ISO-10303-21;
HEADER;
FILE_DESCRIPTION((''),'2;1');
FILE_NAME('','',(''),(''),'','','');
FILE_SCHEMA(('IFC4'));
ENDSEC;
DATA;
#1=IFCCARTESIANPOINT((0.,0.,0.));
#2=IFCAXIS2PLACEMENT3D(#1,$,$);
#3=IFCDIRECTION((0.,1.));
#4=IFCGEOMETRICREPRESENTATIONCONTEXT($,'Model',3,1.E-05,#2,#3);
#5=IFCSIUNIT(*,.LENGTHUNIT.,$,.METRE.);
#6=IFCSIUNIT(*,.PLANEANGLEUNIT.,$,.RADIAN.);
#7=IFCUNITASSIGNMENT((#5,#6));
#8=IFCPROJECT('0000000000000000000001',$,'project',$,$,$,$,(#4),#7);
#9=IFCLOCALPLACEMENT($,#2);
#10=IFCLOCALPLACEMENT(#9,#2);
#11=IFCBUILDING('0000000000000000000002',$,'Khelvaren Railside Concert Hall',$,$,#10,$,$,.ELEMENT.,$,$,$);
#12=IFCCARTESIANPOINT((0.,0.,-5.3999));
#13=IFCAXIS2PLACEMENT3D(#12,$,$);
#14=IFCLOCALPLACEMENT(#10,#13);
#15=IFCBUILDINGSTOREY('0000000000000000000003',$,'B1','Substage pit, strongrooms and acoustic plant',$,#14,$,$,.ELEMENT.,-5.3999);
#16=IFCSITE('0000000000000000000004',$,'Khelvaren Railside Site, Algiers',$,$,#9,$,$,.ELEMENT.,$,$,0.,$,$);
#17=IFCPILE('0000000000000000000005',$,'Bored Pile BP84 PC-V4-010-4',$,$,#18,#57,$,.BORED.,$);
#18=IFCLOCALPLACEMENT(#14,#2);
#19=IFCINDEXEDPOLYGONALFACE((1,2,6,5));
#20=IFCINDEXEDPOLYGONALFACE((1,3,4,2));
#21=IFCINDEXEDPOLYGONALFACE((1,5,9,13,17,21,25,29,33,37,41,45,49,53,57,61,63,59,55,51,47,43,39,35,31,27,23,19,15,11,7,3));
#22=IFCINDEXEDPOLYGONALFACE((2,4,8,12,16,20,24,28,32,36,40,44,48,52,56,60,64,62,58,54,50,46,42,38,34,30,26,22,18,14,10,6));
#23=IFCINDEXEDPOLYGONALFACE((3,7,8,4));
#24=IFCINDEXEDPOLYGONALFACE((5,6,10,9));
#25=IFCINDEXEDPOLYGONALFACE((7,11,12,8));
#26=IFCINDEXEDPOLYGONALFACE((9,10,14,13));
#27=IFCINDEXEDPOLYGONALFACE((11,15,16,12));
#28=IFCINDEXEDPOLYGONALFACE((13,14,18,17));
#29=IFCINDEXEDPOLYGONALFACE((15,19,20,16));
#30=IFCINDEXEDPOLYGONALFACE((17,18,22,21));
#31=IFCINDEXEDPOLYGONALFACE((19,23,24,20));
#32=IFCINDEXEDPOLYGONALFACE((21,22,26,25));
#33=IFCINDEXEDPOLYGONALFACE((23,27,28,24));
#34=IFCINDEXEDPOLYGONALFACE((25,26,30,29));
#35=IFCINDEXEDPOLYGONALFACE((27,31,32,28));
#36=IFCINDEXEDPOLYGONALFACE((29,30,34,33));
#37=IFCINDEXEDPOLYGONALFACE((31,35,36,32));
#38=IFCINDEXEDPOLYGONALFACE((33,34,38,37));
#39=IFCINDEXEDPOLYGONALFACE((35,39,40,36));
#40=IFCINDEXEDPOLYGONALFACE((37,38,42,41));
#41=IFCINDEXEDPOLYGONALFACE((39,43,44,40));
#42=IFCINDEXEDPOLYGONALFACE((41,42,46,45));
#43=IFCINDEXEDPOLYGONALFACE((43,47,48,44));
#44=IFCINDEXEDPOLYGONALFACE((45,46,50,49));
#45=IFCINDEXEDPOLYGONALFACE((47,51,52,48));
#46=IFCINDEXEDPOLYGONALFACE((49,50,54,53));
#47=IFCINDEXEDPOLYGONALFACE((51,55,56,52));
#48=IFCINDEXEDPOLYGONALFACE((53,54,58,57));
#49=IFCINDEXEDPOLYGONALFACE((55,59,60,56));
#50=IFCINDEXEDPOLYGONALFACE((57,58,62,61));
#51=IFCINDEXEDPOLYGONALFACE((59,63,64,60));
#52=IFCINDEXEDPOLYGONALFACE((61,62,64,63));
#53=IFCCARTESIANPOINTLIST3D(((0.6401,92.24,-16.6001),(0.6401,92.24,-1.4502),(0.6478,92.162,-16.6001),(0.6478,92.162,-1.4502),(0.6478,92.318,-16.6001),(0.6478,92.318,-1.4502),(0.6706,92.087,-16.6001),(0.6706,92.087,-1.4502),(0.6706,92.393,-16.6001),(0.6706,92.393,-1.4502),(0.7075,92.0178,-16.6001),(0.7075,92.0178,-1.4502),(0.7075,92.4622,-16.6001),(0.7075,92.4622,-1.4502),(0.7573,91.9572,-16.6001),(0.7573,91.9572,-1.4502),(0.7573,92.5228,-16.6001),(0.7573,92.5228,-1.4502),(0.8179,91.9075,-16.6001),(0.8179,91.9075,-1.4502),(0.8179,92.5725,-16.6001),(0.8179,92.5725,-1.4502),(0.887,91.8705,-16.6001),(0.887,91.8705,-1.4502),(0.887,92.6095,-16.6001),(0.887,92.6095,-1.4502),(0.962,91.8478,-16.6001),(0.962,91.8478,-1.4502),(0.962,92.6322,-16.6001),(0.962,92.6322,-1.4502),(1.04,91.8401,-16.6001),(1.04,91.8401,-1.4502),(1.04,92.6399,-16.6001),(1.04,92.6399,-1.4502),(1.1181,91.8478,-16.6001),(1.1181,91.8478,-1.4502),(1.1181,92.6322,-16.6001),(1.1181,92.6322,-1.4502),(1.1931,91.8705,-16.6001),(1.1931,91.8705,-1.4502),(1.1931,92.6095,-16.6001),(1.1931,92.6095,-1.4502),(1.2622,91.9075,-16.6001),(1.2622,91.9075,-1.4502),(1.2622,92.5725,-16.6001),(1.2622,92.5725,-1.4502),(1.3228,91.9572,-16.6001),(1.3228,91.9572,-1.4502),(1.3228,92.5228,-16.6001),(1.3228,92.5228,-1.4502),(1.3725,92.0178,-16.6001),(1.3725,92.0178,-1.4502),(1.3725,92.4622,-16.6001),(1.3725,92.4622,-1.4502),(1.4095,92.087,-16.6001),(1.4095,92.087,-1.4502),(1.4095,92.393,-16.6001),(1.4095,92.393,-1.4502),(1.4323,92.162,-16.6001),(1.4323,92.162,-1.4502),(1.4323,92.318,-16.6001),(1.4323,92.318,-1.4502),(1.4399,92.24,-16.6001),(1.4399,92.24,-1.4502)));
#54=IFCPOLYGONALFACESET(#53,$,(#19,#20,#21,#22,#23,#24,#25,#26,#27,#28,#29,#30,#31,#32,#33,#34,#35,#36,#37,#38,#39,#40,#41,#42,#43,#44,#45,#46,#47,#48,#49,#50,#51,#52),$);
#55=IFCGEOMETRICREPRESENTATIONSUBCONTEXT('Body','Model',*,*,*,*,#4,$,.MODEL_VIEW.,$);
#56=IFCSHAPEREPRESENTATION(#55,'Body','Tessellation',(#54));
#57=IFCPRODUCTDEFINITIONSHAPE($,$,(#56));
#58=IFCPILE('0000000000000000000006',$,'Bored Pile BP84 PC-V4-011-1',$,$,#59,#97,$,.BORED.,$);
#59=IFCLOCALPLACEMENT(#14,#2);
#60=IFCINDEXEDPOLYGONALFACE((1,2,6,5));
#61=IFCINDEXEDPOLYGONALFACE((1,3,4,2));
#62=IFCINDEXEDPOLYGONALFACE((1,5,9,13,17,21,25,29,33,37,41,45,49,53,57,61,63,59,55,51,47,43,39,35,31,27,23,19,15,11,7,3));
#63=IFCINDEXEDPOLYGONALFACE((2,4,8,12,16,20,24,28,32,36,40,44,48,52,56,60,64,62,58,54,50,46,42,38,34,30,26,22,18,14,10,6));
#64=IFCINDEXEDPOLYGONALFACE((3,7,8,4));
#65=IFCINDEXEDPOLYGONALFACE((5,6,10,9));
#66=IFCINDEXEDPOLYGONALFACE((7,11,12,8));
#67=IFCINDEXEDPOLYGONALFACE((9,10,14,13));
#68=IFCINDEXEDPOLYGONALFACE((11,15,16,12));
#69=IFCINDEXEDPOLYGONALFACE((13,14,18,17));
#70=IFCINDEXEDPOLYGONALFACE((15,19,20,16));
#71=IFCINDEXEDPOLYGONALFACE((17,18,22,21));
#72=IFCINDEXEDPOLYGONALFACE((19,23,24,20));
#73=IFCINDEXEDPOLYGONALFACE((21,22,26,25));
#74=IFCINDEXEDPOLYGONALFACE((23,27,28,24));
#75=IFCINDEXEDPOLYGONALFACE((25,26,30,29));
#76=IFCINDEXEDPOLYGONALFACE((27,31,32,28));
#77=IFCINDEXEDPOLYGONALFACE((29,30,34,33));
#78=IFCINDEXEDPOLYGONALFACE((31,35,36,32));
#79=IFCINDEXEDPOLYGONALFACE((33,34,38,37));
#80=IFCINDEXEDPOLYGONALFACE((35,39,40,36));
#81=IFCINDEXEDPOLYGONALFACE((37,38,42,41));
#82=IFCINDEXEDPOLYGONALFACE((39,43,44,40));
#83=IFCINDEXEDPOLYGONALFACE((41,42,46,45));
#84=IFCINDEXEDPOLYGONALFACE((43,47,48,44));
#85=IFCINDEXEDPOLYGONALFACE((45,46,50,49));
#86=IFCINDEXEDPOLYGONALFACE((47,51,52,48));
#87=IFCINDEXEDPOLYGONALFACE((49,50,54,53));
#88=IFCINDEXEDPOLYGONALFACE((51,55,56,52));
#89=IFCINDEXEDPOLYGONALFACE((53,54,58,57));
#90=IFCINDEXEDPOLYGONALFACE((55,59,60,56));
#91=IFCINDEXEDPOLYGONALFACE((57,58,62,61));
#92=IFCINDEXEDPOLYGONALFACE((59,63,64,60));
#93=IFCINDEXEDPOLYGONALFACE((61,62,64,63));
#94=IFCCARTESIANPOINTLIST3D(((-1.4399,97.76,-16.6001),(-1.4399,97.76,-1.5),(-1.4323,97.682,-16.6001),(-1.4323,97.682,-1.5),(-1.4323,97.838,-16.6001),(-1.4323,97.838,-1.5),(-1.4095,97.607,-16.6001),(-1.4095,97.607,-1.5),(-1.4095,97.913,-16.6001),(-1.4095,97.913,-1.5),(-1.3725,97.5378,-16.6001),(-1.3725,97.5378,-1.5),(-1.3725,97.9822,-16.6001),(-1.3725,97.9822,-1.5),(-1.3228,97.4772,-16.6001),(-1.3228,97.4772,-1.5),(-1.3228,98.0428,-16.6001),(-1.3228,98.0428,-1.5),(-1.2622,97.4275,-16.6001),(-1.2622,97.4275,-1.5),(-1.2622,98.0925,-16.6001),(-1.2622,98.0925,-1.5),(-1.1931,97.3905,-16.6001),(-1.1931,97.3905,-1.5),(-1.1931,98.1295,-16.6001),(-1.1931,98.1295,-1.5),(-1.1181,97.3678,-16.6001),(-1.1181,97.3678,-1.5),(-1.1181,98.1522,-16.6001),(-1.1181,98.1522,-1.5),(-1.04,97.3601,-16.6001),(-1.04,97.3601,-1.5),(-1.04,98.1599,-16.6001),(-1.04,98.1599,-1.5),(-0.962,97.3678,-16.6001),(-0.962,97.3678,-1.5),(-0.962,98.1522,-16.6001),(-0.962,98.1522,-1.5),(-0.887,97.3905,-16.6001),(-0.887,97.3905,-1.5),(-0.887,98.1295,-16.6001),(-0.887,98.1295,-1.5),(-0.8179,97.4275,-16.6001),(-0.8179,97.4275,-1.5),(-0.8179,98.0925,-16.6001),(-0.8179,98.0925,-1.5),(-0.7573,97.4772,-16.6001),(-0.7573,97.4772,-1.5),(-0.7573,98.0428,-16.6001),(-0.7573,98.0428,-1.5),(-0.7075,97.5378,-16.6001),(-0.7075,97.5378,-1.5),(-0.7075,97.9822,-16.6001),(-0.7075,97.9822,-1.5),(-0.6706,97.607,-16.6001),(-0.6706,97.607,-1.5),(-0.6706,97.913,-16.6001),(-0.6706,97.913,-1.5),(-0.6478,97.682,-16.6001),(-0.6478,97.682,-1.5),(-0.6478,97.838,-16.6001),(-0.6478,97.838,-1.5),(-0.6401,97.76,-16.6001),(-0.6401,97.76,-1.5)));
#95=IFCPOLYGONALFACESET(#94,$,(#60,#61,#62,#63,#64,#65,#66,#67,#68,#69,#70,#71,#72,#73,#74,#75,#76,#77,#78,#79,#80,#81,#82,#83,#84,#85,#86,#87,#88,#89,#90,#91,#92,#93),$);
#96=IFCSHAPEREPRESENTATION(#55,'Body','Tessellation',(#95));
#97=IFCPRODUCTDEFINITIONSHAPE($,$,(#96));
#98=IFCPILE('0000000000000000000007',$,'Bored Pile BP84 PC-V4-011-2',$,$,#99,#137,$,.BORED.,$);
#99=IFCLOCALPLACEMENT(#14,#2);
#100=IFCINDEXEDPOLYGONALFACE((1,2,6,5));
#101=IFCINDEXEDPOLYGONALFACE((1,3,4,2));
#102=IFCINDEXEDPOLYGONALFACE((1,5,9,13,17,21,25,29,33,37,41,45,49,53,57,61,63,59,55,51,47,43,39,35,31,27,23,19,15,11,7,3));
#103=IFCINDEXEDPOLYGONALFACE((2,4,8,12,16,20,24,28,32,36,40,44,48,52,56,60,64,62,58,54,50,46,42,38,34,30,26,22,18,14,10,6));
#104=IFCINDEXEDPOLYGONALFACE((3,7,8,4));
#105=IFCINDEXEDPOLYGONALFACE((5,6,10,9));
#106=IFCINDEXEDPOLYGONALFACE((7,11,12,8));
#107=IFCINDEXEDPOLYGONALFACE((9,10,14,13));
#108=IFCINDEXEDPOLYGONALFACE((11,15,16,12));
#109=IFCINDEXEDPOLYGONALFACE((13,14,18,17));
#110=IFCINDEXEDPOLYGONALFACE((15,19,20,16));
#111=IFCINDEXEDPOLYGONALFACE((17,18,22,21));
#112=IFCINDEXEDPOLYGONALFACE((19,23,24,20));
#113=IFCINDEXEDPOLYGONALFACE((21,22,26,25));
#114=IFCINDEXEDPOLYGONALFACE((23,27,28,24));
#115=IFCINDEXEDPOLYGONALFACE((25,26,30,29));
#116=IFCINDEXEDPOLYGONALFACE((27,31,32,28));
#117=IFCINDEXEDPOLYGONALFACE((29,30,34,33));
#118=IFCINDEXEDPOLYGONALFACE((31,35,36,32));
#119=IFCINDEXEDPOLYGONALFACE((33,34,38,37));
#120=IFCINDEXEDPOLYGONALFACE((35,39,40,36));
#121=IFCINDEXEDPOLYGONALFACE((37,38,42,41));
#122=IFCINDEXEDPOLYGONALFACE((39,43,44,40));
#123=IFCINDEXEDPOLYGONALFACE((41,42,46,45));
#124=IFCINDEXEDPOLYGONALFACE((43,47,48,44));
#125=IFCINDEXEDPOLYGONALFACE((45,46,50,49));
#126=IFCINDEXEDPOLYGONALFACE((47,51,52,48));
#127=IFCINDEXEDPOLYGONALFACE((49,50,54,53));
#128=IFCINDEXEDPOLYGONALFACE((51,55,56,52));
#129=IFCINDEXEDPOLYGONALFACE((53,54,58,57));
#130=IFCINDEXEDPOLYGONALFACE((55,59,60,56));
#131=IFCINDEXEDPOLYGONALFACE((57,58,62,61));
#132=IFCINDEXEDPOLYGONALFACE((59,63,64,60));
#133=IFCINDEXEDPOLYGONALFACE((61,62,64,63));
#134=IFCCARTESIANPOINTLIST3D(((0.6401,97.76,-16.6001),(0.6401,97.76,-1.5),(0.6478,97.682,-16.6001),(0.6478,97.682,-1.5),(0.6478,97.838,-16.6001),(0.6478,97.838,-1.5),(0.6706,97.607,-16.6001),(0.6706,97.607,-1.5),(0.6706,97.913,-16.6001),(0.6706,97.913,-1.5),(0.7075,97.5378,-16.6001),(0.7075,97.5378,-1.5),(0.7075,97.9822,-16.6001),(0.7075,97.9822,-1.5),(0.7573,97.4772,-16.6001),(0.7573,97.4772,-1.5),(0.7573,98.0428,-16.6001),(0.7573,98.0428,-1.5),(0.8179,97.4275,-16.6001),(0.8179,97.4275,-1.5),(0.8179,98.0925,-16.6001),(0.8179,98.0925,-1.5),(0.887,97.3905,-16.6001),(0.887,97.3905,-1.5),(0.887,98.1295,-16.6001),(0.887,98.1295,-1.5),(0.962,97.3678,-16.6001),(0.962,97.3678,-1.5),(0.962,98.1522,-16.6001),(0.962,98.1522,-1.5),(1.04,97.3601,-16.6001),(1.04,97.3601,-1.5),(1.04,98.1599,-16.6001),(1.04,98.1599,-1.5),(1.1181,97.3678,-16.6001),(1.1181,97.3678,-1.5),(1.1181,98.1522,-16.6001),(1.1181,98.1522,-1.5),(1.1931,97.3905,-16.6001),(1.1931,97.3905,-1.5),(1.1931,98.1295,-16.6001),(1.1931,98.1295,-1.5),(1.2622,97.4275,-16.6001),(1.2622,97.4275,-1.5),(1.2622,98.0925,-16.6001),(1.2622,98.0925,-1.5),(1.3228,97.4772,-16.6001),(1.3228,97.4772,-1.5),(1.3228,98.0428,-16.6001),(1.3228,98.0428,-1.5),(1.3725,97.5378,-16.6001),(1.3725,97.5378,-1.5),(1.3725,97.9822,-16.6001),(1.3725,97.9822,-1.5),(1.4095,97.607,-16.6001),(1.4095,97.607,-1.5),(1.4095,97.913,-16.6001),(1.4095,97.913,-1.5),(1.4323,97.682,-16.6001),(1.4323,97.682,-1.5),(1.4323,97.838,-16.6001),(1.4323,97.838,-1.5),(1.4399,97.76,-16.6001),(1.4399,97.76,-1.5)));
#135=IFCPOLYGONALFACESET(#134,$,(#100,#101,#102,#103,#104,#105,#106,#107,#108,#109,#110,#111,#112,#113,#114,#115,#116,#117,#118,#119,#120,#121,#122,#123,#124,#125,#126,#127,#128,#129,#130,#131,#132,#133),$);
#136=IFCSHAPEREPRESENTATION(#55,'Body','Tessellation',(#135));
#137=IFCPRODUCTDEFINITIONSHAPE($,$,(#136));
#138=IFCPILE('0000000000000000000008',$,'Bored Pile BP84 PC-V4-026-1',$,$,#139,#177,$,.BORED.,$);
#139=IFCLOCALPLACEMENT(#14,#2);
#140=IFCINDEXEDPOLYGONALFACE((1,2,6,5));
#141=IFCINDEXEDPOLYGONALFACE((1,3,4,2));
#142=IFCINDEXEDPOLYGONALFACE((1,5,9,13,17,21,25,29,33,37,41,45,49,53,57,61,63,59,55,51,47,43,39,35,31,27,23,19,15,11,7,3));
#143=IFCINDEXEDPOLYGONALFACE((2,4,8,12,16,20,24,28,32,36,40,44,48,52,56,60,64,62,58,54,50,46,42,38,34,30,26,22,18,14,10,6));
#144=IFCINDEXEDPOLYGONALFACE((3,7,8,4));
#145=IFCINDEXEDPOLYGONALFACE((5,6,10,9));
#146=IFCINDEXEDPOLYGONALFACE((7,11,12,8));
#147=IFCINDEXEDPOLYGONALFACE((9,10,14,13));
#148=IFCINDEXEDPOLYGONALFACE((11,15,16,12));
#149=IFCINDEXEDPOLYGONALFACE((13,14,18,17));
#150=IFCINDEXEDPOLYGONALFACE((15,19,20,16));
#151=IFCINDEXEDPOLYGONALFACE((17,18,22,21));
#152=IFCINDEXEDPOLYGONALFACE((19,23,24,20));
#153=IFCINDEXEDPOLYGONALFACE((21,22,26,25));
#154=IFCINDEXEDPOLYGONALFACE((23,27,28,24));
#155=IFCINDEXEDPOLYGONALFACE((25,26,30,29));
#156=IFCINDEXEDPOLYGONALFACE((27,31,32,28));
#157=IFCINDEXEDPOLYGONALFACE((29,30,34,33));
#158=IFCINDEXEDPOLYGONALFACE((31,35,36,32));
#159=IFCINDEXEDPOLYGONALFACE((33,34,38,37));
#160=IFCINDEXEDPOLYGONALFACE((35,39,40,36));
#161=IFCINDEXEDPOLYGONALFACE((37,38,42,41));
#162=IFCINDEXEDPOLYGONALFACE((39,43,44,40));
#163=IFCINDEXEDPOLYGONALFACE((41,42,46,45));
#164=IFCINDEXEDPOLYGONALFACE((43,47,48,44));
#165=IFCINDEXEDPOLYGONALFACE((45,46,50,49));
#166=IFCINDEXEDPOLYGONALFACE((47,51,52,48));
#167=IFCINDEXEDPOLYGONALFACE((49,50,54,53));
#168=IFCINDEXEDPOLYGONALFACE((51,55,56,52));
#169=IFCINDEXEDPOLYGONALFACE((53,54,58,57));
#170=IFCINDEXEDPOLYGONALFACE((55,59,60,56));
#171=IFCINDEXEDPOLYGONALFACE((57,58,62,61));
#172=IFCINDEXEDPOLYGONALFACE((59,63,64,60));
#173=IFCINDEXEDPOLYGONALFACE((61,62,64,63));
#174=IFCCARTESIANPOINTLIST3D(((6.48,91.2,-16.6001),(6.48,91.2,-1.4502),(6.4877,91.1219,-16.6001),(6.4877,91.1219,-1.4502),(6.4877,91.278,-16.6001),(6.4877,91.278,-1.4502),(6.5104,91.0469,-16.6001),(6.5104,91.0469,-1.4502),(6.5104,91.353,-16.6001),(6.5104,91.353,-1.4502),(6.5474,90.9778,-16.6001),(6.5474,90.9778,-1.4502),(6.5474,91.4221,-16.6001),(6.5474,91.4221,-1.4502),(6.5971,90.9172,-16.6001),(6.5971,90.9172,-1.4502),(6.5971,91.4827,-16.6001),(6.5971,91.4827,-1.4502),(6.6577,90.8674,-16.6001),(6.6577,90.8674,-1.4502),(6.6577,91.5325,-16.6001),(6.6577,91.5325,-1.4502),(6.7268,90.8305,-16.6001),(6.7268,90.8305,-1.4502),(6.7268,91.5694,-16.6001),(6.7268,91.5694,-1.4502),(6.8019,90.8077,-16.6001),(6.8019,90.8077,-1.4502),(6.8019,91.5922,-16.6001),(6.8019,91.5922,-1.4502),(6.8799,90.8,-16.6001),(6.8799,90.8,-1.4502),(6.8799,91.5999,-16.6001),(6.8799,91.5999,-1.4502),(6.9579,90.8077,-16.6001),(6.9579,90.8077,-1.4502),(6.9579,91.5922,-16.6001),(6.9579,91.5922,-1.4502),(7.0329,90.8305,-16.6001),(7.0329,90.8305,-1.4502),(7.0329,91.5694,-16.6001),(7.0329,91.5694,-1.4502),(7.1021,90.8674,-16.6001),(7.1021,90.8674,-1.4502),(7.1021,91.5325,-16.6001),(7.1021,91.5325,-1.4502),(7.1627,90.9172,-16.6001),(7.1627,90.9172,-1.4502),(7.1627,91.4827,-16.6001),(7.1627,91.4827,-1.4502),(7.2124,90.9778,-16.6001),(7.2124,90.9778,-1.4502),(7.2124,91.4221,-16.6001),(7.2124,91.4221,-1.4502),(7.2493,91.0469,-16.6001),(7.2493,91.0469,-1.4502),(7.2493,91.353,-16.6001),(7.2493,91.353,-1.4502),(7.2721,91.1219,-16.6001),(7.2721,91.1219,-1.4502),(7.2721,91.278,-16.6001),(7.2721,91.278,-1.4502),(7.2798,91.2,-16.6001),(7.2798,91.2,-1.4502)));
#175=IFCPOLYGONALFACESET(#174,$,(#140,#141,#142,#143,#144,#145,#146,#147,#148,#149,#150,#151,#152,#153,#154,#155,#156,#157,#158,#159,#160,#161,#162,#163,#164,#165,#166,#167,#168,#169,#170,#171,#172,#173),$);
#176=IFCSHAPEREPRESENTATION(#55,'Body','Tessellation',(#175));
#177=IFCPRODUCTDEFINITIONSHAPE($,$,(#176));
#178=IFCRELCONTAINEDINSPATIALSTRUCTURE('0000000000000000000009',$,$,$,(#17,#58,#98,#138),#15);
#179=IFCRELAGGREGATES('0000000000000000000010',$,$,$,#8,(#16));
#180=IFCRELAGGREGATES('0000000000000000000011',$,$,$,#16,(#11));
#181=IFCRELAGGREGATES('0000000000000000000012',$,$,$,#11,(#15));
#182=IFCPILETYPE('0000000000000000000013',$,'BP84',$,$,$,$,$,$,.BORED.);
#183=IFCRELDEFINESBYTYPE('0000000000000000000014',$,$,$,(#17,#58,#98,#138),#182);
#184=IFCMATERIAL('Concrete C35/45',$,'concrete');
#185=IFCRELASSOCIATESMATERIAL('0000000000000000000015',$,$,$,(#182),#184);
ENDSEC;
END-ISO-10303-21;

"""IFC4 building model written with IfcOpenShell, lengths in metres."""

from ifc_helpers import new_model, si_unit, direction, frame, origin, origin_2d, place, context, subcontext, project, spatial, circle, extrude, material, material_profile, profile_set, type_object, element, save


model = new_model("IFC4")

# Units and contexts
model_context = context("Model", 3, precision=1e-05, world=origin(), true_north=direction((0.0, 1.0)))
body_context = subcontext(model_context, "Body", "Model", "MODEL_VIEW")
ifc_project = project(units=[si_unit("LENGTHUNIT", "METRE"), si_unit("PLANEANGLEUNIT", "RADIAN")], contexts=[model_context])

# Site, building, storey
site_placement = place(None, origin())
site = spatial("IfcSite", under=ifc_project, at=site_placement, Name="Khelvaren Railside Site, Algiers", CompositionType="ELEMENT", RefElevation=0.0)
building_placement = place(site_placement, origin())
building = spatial("IfcBuilding", under=site, at=building_placement, Name="Khelvaren Railside Concert Hall", CompositionType="ELEMENT")
storey_placement = place(building_placement, frame((0.0, 0.0, -5.3999)))
storey = spatial("IfcBuildingStorey", under=building, at=storey_placement, Name="B1", Description="Substage pit, strongrooms and acoustic plant", CompositionType="ELEMENT", Elevation=-5.3999)

# Piles
ifc_material_1 = material(Name="Concrete C35/45", Category="concrete")
ifc_material_profile_1 = material_profile(ifc_material_1, circle(Radius=0.3999, at=origin_2d()), Name="BP D800")
ifc_profile_set_1 = profile_set([ifc_material_profile_1], Name="Concrete C35/45")
pile_type_1 = type_object("IfcPileType", Name="BP84", PredefinedType="BORED", material=ifc_profile_set_1)
for number, where, z_axis, x_axis, name in (
    (1, (1.04, 92.24, -1.4502), (0.0, 0.0, -1.0), (1.0, 0.0, 0.0), "Bored Pile BP84 PC-V4-010-4"),
):
    element("IfcPile", number, at=place(storey_placement, frame(where, z_axis=z_axis, x_axis=x_axis)), inside=storey, type_object=pile_type_1, Name=name, PredefinedType="BORED", context=body_context, shape_type="SweptSolid", body=[
        extrude(circle(Radius=0.3999, at=origin_2d()), origin(), (0.0, 0.0, 1.0), 15.1499),
    ])
for number, where, z_axis, x_axis, name in (
    (2, (-1.04, 97.76, -1.5), (0.0, 0.0, -1.0), (1.0, 0.0, 0.0), "Bored Pile BP84 PC-V4-011-1"),
    (3, (1.04, 97.76, -1.5), (0.0, 0.0, -1.0), (1.0, 0.0, 0.0), "Bored Pile BP84 PC-V4-011-2"),
):
    element("IfcPile", number, at=place(storey_placement, frame(where, z_axis=z_axis, x_axis=x_axis)), inside=storey, type_object=pile_type_1, Name=name, PredefinedType="BORED", context=body_context, shape_type="SweptSolid", body=[
        extrude(circle(Radius=0.3999, at=origin_2d()), origin(), (0.0, 0.0, 1.0), 15.1001),
    ])
for number, where, z_axis, x_axis, name in (
    (4, (6.8799, 91.2, -1.4502), (0.0, 0.0, -1.0), (1.0, 0.0, 0.0), "Bored Pile BP84 PC-V4-026-1"),
):
    element("IfcPile", number, at=place(storey_placement, frame(where, z_axis=z_axis, x_axis=x_axis)), inside=storey, type_object=pile_type_1, Name=name, PredefinedType="BORED", context=body_context, shape_type="SweptSolid", body=[
        extrude(circle(Radius=0.3999, at=origin_2d()), origin(), (0.0, 0.0, 1.0), 15.1499),
    ])

save(model, "model.ifc")
